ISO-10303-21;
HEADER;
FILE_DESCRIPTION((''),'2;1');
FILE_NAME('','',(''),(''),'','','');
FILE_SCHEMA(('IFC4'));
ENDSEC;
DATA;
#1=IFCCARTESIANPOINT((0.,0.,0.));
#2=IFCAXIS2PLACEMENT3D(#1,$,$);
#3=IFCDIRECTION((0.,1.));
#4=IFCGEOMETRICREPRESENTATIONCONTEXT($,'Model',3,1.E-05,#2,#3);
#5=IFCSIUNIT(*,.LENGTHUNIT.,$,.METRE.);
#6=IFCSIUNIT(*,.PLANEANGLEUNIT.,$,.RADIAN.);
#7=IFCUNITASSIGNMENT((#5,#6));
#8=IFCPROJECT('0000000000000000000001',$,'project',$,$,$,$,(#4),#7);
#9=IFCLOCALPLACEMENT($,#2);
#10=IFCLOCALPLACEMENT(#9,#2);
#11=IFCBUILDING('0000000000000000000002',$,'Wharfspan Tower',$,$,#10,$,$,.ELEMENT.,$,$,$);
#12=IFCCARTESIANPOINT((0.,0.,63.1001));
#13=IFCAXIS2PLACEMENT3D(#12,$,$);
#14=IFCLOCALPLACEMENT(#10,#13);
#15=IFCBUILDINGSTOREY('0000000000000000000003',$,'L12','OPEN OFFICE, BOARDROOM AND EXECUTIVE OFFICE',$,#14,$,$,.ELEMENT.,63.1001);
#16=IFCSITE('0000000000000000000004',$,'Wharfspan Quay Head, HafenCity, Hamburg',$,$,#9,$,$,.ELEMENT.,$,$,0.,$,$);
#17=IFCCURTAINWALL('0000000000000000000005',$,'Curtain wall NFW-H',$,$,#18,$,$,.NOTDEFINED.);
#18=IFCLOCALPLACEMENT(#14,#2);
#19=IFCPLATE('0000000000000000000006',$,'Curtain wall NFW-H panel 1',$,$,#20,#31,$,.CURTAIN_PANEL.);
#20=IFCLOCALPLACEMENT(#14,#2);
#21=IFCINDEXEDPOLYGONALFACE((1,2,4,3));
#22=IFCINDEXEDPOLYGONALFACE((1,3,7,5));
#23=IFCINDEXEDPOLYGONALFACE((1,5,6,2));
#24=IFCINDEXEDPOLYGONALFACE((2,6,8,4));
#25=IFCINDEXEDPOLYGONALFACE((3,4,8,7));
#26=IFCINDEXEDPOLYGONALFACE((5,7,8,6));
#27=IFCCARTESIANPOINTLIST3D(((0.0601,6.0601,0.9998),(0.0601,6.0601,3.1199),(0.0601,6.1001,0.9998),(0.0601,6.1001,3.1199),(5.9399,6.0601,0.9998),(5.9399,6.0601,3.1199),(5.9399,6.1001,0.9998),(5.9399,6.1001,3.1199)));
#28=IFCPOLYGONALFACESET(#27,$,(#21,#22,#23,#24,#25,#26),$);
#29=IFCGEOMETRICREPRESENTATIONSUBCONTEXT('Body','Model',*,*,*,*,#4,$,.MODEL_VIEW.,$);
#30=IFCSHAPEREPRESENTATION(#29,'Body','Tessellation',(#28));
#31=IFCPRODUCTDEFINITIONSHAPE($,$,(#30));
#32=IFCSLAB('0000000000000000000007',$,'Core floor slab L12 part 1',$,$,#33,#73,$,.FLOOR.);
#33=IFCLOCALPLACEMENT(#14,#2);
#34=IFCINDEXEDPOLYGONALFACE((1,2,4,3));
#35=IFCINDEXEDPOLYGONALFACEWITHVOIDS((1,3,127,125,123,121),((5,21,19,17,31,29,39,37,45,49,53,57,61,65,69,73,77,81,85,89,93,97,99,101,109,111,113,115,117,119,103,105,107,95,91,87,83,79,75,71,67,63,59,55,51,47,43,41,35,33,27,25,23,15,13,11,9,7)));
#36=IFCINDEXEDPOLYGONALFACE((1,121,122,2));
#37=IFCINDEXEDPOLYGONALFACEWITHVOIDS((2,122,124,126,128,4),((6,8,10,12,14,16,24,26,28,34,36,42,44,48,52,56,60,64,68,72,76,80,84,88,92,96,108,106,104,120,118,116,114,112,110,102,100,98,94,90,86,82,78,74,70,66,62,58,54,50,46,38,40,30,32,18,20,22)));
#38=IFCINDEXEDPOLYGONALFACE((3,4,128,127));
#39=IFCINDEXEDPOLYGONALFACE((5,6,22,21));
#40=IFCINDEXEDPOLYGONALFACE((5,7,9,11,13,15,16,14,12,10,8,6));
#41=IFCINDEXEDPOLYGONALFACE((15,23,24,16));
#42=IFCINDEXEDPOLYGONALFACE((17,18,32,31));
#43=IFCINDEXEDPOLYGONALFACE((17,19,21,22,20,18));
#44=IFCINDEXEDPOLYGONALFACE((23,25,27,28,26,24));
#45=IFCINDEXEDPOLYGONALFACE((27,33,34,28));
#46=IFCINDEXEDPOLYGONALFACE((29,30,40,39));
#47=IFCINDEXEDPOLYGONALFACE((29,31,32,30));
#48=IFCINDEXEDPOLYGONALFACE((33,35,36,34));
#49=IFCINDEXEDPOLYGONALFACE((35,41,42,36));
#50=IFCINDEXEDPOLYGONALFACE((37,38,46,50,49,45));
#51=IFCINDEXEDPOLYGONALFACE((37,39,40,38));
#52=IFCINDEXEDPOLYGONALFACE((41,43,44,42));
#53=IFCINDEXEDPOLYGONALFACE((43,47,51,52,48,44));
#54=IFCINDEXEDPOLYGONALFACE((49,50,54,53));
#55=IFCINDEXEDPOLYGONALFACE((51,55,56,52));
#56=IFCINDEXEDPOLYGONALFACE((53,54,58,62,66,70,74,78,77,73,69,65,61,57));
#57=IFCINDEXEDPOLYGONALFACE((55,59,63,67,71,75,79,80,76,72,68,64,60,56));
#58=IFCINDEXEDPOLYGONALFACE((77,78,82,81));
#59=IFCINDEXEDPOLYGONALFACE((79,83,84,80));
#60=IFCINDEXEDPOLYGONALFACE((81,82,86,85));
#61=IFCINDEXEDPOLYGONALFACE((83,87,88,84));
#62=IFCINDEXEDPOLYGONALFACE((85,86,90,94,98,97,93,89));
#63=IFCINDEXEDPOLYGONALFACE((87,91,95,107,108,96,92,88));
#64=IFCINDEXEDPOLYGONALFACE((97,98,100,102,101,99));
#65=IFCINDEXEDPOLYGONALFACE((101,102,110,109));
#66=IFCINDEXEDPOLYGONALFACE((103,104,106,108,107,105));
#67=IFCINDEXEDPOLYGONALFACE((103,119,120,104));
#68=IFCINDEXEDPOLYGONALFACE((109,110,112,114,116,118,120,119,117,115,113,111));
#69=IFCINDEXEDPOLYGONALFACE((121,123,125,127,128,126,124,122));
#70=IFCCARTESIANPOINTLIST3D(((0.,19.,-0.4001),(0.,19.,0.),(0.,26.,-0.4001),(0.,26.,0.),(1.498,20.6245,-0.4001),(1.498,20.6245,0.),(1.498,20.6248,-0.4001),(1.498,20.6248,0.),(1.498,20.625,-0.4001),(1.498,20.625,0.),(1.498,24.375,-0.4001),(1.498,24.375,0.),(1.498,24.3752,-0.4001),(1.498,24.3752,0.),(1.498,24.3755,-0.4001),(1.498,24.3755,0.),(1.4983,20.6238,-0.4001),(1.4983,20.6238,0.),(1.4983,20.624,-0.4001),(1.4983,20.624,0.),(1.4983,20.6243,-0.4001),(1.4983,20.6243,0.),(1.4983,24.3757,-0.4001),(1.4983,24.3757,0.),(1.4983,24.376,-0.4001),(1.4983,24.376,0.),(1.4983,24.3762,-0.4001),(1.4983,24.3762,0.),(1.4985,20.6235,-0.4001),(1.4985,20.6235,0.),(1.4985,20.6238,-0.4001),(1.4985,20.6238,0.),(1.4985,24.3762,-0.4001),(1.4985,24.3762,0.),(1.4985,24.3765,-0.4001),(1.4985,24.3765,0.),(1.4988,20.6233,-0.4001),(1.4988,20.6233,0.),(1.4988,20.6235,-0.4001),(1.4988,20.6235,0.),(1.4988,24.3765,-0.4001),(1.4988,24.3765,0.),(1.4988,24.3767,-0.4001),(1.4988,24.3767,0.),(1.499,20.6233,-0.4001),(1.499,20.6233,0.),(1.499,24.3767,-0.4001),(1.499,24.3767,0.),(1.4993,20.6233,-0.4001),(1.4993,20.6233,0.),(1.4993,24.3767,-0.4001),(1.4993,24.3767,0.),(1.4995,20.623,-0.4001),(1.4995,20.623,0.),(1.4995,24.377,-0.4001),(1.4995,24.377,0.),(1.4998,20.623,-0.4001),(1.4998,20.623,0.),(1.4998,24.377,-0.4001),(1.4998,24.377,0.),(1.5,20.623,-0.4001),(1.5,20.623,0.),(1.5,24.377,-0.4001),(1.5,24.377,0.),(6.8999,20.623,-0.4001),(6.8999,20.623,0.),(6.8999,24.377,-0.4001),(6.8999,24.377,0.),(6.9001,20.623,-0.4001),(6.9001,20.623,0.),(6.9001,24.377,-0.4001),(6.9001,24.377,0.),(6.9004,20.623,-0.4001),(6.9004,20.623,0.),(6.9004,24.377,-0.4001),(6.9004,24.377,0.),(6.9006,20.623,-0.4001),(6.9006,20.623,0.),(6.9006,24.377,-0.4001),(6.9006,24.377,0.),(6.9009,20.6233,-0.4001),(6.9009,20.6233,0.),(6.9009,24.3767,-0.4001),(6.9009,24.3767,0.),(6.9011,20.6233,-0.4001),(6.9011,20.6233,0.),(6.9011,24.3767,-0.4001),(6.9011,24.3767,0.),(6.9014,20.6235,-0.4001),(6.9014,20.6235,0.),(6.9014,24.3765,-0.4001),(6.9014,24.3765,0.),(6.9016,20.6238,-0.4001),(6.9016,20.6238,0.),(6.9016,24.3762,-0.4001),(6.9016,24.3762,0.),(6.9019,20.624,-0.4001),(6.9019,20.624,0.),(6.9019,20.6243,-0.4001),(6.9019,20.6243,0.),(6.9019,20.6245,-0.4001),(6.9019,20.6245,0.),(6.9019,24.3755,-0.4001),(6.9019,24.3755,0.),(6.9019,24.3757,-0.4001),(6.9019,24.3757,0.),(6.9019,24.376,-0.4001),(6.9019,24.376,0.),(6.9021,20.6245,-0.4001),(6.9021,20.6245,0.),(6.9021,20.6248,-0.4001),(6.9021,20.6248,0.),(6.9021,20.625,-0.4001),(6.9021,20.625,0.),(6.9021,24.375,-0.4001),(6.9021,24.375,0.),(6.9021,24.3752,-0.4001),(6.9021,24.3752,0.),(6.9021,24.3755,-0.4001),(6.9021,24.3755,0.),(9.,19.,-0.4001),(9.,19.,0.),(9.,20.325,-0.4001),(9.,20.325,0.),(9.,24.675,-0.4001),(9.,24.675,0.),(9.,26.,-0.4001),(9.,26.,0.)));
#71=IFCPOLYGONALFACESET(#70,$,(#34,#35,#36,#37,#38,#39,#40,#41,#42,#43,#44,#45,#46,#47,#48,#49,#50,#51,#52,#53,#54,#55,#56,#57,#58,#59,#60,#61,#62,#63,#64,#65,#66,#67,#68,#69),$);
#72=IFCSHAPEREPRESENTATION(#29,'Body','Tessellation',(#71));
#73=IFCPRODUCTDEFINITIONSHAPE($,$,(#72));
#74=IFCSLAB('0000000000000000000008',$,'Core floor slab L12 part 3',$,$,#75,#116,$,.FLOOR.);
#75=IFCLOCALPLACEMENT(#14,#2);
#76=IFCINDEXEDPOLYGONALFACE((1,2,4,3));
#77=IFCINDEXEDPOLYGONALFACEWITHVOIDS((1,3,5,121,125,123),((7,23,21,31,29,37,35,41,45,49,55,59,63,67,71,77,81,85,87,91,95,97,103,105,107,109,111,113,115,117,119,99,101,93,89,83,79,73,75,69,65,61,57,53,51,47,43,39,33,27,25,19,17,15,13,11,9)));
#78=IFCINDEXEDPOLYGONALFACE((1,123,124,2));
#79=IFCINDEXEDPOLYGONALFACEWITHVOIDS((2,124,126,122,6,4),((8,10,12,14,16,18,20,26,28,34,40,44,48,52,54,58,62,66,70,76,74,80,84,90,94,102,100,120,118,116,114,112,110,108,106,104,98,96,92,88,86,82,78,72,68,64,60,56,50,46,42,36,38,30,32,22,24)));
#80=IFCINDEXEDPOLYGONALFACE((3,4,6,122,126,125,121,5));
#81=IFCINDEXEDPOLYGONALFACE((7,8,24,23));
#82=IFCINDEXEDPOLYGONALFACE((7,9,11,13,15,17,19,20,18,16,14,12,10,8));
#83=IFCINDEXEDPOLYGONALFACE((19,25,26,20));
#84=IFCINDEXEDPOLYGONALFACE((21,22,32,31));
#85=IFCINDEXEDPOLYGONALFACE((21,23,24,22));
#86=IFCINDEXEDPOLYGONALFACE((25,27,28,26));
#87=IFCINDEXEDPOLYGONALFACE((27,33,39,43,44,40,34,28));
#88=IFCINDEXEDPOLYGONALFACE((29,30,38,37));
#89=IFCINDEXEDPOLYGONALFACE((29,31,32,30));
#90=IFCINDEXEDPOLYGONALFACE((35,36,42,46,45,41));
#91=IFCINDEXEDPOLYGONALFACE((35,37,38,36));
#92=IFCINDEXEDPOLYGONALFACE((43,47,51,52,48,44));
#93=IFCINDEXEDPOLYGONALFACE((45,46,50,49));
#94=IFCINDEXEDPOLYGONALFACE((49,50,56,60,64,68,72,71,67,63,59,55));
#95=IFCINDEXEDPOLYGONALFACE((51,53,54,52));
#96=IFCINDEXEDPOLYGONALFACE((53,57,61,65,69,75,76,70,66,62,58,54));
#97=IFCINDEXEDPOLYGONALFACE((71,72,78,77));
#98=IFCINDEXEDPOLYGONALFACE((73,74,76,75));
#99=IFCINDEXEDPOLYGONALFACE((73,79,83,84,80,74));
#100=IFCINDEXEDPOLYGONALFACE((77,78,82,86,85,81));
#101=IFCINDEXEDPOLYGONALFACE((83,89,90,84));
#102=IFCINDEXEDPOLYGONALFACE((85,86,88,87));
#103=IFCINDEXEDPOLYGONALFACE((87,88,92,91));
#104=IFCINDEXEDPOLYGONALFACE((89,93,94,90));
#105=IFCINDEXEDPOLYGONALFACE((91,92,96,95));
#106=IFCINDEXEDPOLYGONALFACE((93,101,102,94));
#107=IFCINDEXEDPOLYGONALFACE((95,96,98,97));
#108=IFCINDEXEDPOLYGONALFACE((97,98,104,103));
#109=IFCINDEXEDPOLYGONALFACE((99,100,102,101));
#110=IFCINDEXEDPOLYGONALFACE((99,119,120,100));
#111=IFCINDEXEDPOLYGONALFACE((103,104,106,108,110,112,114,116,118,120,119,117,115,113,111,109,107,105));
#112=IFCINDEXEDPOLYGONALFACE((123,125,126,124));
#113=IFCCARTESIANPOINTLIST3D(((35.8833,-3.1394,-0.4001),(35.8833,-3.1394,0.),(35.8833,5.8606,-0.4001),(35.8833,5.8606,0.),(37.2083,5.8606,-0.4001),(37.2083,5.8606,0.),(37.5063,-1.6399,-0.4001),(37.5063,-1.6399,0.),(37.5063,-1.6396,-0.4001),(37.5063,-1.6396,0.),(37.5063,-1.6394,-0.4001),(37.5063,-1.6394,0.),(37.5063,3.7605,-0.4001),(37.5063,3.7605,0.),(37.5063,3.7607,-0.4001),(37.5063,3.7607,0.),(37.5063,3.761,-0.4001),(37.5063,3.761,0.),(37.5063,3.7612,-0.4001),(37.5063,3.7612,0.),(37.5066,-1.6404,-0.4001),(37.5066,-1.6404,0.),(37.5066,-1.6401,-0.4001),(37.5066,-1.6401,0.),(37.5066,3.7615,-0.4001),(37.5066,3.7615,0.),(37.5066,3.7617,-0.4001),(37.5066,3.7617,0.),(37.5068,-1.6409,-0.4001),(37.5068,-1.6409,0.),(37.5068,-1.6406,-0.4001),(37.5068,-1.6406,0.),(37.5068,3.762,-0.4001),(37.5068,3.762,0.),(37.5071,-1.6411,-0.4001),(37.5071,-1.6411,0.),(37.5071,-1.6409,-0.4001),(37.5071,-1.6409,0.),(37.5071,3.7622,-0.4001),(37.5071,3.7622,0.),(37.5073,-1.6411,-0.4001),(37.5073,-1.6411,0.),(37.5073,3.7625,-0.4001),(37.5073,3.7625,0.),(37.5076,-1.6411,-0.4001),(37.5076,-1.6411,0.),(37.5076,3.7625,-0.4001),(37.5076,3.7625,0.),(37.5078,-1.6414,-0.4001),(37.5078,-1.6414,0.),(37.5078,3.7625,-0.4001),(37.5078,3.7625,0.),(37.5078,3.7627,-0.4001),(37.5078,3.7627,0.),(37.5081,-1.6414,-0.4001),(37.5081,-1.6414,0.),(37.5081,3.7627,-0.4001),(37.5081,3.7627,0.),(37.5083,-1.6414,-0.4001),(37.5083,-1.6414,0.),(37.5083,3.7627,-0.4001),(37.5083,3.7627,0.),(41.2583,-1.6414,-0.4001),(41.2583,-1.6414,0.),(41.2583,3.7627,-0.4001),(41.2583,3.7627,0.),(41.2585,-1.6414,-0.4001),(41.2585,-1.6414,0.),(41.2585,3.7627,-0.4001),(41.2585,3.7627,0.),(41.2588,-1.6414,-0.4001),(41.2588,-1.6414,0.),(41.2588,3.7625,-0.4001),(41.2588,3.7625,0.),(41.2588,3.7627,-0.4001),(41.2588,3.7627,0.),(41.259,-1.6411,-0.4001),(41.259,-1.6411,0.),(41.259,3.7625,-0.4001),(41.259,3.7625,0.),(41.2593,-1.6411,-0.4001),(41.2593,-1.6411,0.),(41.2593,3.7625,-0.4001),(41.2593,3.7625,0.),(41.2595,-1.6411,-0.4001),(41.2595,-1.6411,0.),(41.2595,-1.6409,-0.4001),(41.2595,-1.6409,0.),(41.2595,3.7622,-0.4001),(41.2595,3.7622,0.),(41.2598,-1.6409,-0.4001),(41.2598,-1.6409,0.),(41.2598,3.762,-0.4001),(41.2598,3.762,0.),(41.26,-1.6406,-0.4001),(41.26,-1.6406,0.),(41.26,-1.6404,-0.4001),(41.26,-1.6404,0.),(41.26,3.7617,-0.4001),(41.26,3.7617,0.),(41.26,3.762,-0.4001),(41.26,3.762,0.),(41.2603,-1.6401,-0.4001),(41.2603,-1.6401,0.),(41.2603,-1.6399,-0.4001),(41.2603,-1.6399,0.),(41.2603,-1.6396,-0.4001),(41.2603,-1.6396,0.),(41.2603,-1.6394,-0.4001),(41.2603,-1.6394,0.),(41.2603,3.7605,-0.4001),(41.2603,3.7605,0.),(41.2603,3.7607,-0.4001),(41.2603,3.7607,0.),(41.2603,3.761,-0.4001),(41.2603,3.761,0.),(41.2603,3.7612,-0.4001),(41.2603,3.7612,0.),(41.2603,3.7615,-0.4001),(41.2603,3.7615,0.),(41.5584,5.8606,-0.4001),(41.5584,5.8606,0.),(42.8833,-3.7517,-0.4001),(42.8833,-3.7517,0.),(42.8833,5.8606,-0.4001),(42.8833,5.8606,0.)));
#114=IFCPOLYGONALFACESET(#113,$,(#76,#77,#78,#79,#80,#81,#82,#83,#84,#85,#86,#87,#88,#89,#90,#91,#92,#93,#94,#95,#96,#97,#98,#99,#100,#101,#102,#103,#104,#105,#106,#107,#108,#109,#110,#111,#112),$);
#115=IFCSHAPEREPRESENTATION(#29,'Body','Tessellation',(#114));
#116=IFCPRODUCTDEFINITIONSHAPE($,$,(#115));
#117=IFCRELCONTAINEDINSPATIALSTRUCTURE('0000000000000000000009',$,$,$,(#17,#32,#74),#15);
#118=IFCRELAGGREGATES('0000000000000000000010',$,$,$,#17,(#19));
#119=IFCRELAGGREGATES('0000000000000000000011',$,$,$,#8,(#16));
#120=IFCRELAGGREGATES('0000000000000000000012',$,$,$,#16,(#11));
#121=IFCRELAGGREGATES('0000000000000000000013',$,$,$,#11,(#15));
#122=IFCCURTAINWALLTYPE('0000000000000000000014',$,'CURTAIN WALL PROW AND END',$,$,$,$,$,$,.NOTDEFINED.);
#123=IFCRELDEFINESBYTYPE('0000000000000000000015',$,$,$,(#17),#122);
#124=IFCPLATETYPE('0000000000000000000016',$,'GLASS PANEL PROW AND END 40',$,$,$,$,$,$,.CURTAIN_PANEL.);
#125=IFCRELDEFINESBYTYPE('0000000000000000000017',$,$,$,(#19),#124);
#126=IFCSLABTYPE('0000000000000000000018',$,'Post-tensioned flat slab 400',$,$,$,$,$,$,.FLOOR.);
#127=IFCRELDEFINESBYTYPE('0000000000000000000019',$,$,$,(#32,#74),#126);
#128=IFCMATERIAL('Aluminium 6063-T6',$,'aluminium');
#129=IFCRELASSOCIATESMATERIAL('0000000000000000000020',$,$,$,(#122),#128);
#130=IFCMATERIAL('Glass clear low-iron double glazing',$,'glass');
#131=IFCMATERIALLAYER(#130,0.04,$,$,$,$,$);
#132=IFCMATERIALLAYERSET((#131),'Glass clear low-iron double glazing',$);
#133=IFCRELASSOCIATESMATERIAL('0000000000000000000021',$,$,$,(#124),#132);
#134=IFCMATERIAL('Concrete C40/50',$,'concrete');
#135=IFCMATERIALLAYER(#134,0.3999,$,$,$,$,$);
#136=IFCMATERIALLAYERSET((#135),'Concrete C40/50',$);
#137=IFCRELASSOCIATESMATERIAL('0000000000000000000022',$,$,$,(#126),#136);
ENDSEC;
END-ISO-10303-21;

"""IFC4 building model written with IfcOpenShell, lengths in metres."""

from ifc_helpers import new_model, si_unit, direction, frame, origin, origin_2d, place, context, subcontext, project, spatial, polyline, rectangle, outline, extrude, material, layer, layer_set, type_object, element, aggregate, save


model = new_model("IFC4")

# Units and contexts
model_context = context("Model", 3, precision=1e-05, world=origin(), true_north=direction((0.0, 1.0)))
body_context = subcontext(model_context, "Body", "Model", "MODEL_VIEW")
ifc_project = project(units=[si_unit("LENGTHUNIT", "METRE"), si_unit("PLANEANGLEUNIT", "RADIAN")], contexts=[model_context])

# Site, building, storey
site_placement = place(None, origin())
site = spatial("IfcSite", under=ifc_project, at=site_placement, Name="Wharfspan Quay Head, HafenCity, Hamburg", CompositionType="ELEMENT", RefElevation=0.0)
building_placement = place(site_placement, origin())
building = spatial("IfcBuilding", under=site, at=building_placement, Name="Wharfspan Tower", CompositionType="ELEMENT")
storey_placement = place(building_placement, frame((0.0, 0.0, 63.1001)))
storey = spatial("IfcBuildingStorey", under=building, at=storey_placement, Name="L12", Description="OPEN OFFICE, BOARDROOM AND EXECUTIVE OFFICE", CompositionType="ELEMENT", Elevation=63.1001)

# Curtain wall
ifc_material_1 = material(Name="Aluminium 6063-T6", Category="aluminium")
curtain_wall_type = type_object("IfcCurtainWallType", Name="CURTAIN WALL PROW AND END", PredefinedType="NOTDEFINED", material=ifc_material_1)
curtain_wall_1_placement = place(storey_placement, origin())
curtain_wall_1 = element("IfcCurtainWall", 1, at=curtain_wall_1_placement, inside=storey, type_object=curtain_wall_type, Name="Curtain wall NFW-H", PredefinedType="NOTDEFINED")

# Plate
ifc_material_2 = material(Name="Glass clear low-iron double glazing", Category="glass")
ifc_layer_1 = layer(ifc_material_2, 0.04)
ifc_layer_set_1 = layer_set([ifc_layer_1], Name="Glass clear low-iron double glazing")
plate_type = type_object("IfcPlateType", Name="GLASS PANEL PROW AND END 40", PredefinedType="CURTAIN_PANEL", material=ifc_layer_set_1)
plate_1_placement = place(storey_placement, frame((3.0, 6.0801, 0.9998), z_axis=(0.0, 0.0, 1.0), x_axis=(1.0, 0.0, 0.0)))
plate_1 = element("IfcPlate", 2, at=plate_1_placement, type_object=plate_type, Name="Curtain wall NFW-H panel 1", PredefinedType="CURTAIN_PANEL", context=body_context, shape_type="SweptSolid", body=[
    extrude(rectangle(XDim=5.8799, YDim=0.04, at=origin_2d()), origin(), (0.0, 0.0, 1.0), 2.1201),
])
aggregate(curtain_wall_1, [plate_1])

# Slabs
ifc_material_3 = material(Name="Concrete C40/50", Category="concrete")
ifc_layer_2 = layer(ifc_material_3, 0.3999)
ifc_layer_set_2 = layer_set([ifc_layer_2], Name="Concrete C40/50")
slab_type = type_object("IfcSlabType", Name="Post-tensioned flat slab 400", PredefinedType="FLOOR", material=ifc_layer_set_2)
slab_1_placement = place(storey_placement, frame((0.0, 0.0, -0.4001)))
element("IfcSlab", 3, at=slab_1_placement, inside=storey, type_object=slab_type, Name="Core floor slab L12 part 1", PredefinedType="FLOOR", context=body_context, shape_type="SweptSolid", body=[
    extrude(outline(polyline([(9.0, 20.325), (9.0, 24.675), (9.0, 26.0), (0.0, 26.0), (0.0, 19.0), (9.0, 19.0), (9.0, 20.325)]), holes=[polyline([(6.9021, 20.625), (6.9021, 20.6248), (6.9021, 20.6245), (6.9019, 20.6245), (6.9019, 20.6243), (6.9019, 20.624), (6.9016, 20.6238), (6.9016, 20.6238), (6.9014, 20.6235), (6.9014, 20.6235), (6.9011, 20.6233), (6.9009, 20.6233), (6.9009, 20.6233), (6.9006, 20.623), (6.9004, 20.623), (6.9001, 20.623), (6.8999, 20.623), (1.5, 20.623), (1.4998, 20.623), (1.4995, 20.623), (1.4995, 20.623), (1.4993, 20.6233), (1.499, 20.6233), (1.4988, 20.6233), (1.4988, 20.6235), (1.4985, 20.6235), (1.4985, 20.6238), (1.4983, 20.6238), (1.4983, 20.624), (1.4983, 20.6243), (1.498, 20.6245), (1.498, 20.6245), (1.498, 20.6248), (1.498, 20.625), (1.498, 24.375), (1.498, 24.3752), (1.498, 24.3755), (1.498, 24.3755), (1.4983, 24.3757), (1.4983, 24.376), (1.4983, 24.3762), (1.4985, 24.3762), (1.4985, 24.3765), (1.4988, 24.3765), (1.4988, 24.3767), (1.499, 24.3767), (1.4993, 24.3767), (1.4995, 24.377), (1.4995, 24.377), (1.4998, 24.377), (1.5, 24.377), (6.8999, 24.377), (6.9001, 24.377), (6.9004, 24.377), (6.9006, 24.377), (6.9009, 24.3767), (6.9009, 24.3767), (6.9011, 24.3767), (6.9014, 24.3765), (6.9014, 24.3765), (6.9016, 24.3762), (6.9016, 24.3762), (6.9019, 24.376), (6.9019, 24.3757), (6.9019, 24.3755), (6.9021, 24.3755), (6.9021, 24.3752), (6.9021, 24.375), (6.9021, 20.625)])]), origin(), (0.0, 0.0, 1.0), 0.4001),
])
slab_2_placement = place(storey_placement, frame((0.0, 0.0, -0.4001)))
element("IfcSlab", 4, at=slab_2_placement, inside=storey, type_object=slab_type, Name="Core floor slab L12 part 3", PredefinedType="FLOOR", context=body_context, shape_type="SweptSolid", body=[
    extrude(outline(polyline([(41.5583, 5.8606), (37.2083, 5.8606), (35.8833, 5.8606), (35.8833, -3.1394), (42.8833, -3.7517), (42.8833, 5.8606), (41.5583, 5.8606)]), holes=[polyline([(37.5063, 3.7605), (37.5063, 3.7607), (37.5063, 3.761), (37.5063, 3.7612), (37.5066, 3.7615), (37.5066, 3.7617), (37.5066, 3.7617), (37.5068, 3.762), (37.5068, 3.762), (37.5071, 3.7622), (37.5071, 3.7622), (37.5073, 3.7625), (37.5076, 3.7625), (37.5078, 3.7625), (37.5078, 3.7627), (37.5081, 3.7627), (37.5083, 3.7627), (41.2583, 3.7627), (41.2585, 3.7627), (41.2588, 3.7627), (41.2588, 3.7625), (41.259, 3.7625), (41.2593, 3.7625), (41.2595, 3.7622), (41.2595, 3.7622), (41.2598, 3.762), (41.26, 3.762), (41.26, 3.7617), (41.26, 3.7617), (41.2603, 3.7615), (41.2603, 3.7612), (41.2603, 3.761), (41.2603, 3.7607), (41.2603, 3.7605), (41.2603, -1.6394), (41.2603, -1.6396), (41.2603, -1.6399), (41.2603, -1.6399), (41.2603, -1.6401), (41.26, -1.6404), (41.26, -1.6404), (41.26, -1.6406), (41.2598, -1.6409), (41.2595, -1.6409), (41.2595, -1.6411), (41.2593, -1.6411), (41.259, -1.6411), (41.2588, -1.6414), (41.2588, -1.6414), (41.2585, -1.6414), (41.2583, -1.6414), (37.5083, -1.6414), (37.5081, -1.6414), (37.5078, -1.6414), (37.5078, -1.6414), (37.5076, -1.6411), (37.5073, -1.6411), (37.5071, -1.6411), (37.5071, -1.6409), (37.5068, -1.6409), (37.5068, -1.6406), (37.5066, -1.6404), (37.5066, -1.6404), (37.5066, -1.6401), (37.5063, -1.6399), (37.5063, -1.6399), (37.5063, -1.6396), (37.5063, -1.6394), (37.5063, 3.7605)])]), origin(), (0.0, 0.0, 1.0), 0.4001),
])

save(model, "model.ifc")
